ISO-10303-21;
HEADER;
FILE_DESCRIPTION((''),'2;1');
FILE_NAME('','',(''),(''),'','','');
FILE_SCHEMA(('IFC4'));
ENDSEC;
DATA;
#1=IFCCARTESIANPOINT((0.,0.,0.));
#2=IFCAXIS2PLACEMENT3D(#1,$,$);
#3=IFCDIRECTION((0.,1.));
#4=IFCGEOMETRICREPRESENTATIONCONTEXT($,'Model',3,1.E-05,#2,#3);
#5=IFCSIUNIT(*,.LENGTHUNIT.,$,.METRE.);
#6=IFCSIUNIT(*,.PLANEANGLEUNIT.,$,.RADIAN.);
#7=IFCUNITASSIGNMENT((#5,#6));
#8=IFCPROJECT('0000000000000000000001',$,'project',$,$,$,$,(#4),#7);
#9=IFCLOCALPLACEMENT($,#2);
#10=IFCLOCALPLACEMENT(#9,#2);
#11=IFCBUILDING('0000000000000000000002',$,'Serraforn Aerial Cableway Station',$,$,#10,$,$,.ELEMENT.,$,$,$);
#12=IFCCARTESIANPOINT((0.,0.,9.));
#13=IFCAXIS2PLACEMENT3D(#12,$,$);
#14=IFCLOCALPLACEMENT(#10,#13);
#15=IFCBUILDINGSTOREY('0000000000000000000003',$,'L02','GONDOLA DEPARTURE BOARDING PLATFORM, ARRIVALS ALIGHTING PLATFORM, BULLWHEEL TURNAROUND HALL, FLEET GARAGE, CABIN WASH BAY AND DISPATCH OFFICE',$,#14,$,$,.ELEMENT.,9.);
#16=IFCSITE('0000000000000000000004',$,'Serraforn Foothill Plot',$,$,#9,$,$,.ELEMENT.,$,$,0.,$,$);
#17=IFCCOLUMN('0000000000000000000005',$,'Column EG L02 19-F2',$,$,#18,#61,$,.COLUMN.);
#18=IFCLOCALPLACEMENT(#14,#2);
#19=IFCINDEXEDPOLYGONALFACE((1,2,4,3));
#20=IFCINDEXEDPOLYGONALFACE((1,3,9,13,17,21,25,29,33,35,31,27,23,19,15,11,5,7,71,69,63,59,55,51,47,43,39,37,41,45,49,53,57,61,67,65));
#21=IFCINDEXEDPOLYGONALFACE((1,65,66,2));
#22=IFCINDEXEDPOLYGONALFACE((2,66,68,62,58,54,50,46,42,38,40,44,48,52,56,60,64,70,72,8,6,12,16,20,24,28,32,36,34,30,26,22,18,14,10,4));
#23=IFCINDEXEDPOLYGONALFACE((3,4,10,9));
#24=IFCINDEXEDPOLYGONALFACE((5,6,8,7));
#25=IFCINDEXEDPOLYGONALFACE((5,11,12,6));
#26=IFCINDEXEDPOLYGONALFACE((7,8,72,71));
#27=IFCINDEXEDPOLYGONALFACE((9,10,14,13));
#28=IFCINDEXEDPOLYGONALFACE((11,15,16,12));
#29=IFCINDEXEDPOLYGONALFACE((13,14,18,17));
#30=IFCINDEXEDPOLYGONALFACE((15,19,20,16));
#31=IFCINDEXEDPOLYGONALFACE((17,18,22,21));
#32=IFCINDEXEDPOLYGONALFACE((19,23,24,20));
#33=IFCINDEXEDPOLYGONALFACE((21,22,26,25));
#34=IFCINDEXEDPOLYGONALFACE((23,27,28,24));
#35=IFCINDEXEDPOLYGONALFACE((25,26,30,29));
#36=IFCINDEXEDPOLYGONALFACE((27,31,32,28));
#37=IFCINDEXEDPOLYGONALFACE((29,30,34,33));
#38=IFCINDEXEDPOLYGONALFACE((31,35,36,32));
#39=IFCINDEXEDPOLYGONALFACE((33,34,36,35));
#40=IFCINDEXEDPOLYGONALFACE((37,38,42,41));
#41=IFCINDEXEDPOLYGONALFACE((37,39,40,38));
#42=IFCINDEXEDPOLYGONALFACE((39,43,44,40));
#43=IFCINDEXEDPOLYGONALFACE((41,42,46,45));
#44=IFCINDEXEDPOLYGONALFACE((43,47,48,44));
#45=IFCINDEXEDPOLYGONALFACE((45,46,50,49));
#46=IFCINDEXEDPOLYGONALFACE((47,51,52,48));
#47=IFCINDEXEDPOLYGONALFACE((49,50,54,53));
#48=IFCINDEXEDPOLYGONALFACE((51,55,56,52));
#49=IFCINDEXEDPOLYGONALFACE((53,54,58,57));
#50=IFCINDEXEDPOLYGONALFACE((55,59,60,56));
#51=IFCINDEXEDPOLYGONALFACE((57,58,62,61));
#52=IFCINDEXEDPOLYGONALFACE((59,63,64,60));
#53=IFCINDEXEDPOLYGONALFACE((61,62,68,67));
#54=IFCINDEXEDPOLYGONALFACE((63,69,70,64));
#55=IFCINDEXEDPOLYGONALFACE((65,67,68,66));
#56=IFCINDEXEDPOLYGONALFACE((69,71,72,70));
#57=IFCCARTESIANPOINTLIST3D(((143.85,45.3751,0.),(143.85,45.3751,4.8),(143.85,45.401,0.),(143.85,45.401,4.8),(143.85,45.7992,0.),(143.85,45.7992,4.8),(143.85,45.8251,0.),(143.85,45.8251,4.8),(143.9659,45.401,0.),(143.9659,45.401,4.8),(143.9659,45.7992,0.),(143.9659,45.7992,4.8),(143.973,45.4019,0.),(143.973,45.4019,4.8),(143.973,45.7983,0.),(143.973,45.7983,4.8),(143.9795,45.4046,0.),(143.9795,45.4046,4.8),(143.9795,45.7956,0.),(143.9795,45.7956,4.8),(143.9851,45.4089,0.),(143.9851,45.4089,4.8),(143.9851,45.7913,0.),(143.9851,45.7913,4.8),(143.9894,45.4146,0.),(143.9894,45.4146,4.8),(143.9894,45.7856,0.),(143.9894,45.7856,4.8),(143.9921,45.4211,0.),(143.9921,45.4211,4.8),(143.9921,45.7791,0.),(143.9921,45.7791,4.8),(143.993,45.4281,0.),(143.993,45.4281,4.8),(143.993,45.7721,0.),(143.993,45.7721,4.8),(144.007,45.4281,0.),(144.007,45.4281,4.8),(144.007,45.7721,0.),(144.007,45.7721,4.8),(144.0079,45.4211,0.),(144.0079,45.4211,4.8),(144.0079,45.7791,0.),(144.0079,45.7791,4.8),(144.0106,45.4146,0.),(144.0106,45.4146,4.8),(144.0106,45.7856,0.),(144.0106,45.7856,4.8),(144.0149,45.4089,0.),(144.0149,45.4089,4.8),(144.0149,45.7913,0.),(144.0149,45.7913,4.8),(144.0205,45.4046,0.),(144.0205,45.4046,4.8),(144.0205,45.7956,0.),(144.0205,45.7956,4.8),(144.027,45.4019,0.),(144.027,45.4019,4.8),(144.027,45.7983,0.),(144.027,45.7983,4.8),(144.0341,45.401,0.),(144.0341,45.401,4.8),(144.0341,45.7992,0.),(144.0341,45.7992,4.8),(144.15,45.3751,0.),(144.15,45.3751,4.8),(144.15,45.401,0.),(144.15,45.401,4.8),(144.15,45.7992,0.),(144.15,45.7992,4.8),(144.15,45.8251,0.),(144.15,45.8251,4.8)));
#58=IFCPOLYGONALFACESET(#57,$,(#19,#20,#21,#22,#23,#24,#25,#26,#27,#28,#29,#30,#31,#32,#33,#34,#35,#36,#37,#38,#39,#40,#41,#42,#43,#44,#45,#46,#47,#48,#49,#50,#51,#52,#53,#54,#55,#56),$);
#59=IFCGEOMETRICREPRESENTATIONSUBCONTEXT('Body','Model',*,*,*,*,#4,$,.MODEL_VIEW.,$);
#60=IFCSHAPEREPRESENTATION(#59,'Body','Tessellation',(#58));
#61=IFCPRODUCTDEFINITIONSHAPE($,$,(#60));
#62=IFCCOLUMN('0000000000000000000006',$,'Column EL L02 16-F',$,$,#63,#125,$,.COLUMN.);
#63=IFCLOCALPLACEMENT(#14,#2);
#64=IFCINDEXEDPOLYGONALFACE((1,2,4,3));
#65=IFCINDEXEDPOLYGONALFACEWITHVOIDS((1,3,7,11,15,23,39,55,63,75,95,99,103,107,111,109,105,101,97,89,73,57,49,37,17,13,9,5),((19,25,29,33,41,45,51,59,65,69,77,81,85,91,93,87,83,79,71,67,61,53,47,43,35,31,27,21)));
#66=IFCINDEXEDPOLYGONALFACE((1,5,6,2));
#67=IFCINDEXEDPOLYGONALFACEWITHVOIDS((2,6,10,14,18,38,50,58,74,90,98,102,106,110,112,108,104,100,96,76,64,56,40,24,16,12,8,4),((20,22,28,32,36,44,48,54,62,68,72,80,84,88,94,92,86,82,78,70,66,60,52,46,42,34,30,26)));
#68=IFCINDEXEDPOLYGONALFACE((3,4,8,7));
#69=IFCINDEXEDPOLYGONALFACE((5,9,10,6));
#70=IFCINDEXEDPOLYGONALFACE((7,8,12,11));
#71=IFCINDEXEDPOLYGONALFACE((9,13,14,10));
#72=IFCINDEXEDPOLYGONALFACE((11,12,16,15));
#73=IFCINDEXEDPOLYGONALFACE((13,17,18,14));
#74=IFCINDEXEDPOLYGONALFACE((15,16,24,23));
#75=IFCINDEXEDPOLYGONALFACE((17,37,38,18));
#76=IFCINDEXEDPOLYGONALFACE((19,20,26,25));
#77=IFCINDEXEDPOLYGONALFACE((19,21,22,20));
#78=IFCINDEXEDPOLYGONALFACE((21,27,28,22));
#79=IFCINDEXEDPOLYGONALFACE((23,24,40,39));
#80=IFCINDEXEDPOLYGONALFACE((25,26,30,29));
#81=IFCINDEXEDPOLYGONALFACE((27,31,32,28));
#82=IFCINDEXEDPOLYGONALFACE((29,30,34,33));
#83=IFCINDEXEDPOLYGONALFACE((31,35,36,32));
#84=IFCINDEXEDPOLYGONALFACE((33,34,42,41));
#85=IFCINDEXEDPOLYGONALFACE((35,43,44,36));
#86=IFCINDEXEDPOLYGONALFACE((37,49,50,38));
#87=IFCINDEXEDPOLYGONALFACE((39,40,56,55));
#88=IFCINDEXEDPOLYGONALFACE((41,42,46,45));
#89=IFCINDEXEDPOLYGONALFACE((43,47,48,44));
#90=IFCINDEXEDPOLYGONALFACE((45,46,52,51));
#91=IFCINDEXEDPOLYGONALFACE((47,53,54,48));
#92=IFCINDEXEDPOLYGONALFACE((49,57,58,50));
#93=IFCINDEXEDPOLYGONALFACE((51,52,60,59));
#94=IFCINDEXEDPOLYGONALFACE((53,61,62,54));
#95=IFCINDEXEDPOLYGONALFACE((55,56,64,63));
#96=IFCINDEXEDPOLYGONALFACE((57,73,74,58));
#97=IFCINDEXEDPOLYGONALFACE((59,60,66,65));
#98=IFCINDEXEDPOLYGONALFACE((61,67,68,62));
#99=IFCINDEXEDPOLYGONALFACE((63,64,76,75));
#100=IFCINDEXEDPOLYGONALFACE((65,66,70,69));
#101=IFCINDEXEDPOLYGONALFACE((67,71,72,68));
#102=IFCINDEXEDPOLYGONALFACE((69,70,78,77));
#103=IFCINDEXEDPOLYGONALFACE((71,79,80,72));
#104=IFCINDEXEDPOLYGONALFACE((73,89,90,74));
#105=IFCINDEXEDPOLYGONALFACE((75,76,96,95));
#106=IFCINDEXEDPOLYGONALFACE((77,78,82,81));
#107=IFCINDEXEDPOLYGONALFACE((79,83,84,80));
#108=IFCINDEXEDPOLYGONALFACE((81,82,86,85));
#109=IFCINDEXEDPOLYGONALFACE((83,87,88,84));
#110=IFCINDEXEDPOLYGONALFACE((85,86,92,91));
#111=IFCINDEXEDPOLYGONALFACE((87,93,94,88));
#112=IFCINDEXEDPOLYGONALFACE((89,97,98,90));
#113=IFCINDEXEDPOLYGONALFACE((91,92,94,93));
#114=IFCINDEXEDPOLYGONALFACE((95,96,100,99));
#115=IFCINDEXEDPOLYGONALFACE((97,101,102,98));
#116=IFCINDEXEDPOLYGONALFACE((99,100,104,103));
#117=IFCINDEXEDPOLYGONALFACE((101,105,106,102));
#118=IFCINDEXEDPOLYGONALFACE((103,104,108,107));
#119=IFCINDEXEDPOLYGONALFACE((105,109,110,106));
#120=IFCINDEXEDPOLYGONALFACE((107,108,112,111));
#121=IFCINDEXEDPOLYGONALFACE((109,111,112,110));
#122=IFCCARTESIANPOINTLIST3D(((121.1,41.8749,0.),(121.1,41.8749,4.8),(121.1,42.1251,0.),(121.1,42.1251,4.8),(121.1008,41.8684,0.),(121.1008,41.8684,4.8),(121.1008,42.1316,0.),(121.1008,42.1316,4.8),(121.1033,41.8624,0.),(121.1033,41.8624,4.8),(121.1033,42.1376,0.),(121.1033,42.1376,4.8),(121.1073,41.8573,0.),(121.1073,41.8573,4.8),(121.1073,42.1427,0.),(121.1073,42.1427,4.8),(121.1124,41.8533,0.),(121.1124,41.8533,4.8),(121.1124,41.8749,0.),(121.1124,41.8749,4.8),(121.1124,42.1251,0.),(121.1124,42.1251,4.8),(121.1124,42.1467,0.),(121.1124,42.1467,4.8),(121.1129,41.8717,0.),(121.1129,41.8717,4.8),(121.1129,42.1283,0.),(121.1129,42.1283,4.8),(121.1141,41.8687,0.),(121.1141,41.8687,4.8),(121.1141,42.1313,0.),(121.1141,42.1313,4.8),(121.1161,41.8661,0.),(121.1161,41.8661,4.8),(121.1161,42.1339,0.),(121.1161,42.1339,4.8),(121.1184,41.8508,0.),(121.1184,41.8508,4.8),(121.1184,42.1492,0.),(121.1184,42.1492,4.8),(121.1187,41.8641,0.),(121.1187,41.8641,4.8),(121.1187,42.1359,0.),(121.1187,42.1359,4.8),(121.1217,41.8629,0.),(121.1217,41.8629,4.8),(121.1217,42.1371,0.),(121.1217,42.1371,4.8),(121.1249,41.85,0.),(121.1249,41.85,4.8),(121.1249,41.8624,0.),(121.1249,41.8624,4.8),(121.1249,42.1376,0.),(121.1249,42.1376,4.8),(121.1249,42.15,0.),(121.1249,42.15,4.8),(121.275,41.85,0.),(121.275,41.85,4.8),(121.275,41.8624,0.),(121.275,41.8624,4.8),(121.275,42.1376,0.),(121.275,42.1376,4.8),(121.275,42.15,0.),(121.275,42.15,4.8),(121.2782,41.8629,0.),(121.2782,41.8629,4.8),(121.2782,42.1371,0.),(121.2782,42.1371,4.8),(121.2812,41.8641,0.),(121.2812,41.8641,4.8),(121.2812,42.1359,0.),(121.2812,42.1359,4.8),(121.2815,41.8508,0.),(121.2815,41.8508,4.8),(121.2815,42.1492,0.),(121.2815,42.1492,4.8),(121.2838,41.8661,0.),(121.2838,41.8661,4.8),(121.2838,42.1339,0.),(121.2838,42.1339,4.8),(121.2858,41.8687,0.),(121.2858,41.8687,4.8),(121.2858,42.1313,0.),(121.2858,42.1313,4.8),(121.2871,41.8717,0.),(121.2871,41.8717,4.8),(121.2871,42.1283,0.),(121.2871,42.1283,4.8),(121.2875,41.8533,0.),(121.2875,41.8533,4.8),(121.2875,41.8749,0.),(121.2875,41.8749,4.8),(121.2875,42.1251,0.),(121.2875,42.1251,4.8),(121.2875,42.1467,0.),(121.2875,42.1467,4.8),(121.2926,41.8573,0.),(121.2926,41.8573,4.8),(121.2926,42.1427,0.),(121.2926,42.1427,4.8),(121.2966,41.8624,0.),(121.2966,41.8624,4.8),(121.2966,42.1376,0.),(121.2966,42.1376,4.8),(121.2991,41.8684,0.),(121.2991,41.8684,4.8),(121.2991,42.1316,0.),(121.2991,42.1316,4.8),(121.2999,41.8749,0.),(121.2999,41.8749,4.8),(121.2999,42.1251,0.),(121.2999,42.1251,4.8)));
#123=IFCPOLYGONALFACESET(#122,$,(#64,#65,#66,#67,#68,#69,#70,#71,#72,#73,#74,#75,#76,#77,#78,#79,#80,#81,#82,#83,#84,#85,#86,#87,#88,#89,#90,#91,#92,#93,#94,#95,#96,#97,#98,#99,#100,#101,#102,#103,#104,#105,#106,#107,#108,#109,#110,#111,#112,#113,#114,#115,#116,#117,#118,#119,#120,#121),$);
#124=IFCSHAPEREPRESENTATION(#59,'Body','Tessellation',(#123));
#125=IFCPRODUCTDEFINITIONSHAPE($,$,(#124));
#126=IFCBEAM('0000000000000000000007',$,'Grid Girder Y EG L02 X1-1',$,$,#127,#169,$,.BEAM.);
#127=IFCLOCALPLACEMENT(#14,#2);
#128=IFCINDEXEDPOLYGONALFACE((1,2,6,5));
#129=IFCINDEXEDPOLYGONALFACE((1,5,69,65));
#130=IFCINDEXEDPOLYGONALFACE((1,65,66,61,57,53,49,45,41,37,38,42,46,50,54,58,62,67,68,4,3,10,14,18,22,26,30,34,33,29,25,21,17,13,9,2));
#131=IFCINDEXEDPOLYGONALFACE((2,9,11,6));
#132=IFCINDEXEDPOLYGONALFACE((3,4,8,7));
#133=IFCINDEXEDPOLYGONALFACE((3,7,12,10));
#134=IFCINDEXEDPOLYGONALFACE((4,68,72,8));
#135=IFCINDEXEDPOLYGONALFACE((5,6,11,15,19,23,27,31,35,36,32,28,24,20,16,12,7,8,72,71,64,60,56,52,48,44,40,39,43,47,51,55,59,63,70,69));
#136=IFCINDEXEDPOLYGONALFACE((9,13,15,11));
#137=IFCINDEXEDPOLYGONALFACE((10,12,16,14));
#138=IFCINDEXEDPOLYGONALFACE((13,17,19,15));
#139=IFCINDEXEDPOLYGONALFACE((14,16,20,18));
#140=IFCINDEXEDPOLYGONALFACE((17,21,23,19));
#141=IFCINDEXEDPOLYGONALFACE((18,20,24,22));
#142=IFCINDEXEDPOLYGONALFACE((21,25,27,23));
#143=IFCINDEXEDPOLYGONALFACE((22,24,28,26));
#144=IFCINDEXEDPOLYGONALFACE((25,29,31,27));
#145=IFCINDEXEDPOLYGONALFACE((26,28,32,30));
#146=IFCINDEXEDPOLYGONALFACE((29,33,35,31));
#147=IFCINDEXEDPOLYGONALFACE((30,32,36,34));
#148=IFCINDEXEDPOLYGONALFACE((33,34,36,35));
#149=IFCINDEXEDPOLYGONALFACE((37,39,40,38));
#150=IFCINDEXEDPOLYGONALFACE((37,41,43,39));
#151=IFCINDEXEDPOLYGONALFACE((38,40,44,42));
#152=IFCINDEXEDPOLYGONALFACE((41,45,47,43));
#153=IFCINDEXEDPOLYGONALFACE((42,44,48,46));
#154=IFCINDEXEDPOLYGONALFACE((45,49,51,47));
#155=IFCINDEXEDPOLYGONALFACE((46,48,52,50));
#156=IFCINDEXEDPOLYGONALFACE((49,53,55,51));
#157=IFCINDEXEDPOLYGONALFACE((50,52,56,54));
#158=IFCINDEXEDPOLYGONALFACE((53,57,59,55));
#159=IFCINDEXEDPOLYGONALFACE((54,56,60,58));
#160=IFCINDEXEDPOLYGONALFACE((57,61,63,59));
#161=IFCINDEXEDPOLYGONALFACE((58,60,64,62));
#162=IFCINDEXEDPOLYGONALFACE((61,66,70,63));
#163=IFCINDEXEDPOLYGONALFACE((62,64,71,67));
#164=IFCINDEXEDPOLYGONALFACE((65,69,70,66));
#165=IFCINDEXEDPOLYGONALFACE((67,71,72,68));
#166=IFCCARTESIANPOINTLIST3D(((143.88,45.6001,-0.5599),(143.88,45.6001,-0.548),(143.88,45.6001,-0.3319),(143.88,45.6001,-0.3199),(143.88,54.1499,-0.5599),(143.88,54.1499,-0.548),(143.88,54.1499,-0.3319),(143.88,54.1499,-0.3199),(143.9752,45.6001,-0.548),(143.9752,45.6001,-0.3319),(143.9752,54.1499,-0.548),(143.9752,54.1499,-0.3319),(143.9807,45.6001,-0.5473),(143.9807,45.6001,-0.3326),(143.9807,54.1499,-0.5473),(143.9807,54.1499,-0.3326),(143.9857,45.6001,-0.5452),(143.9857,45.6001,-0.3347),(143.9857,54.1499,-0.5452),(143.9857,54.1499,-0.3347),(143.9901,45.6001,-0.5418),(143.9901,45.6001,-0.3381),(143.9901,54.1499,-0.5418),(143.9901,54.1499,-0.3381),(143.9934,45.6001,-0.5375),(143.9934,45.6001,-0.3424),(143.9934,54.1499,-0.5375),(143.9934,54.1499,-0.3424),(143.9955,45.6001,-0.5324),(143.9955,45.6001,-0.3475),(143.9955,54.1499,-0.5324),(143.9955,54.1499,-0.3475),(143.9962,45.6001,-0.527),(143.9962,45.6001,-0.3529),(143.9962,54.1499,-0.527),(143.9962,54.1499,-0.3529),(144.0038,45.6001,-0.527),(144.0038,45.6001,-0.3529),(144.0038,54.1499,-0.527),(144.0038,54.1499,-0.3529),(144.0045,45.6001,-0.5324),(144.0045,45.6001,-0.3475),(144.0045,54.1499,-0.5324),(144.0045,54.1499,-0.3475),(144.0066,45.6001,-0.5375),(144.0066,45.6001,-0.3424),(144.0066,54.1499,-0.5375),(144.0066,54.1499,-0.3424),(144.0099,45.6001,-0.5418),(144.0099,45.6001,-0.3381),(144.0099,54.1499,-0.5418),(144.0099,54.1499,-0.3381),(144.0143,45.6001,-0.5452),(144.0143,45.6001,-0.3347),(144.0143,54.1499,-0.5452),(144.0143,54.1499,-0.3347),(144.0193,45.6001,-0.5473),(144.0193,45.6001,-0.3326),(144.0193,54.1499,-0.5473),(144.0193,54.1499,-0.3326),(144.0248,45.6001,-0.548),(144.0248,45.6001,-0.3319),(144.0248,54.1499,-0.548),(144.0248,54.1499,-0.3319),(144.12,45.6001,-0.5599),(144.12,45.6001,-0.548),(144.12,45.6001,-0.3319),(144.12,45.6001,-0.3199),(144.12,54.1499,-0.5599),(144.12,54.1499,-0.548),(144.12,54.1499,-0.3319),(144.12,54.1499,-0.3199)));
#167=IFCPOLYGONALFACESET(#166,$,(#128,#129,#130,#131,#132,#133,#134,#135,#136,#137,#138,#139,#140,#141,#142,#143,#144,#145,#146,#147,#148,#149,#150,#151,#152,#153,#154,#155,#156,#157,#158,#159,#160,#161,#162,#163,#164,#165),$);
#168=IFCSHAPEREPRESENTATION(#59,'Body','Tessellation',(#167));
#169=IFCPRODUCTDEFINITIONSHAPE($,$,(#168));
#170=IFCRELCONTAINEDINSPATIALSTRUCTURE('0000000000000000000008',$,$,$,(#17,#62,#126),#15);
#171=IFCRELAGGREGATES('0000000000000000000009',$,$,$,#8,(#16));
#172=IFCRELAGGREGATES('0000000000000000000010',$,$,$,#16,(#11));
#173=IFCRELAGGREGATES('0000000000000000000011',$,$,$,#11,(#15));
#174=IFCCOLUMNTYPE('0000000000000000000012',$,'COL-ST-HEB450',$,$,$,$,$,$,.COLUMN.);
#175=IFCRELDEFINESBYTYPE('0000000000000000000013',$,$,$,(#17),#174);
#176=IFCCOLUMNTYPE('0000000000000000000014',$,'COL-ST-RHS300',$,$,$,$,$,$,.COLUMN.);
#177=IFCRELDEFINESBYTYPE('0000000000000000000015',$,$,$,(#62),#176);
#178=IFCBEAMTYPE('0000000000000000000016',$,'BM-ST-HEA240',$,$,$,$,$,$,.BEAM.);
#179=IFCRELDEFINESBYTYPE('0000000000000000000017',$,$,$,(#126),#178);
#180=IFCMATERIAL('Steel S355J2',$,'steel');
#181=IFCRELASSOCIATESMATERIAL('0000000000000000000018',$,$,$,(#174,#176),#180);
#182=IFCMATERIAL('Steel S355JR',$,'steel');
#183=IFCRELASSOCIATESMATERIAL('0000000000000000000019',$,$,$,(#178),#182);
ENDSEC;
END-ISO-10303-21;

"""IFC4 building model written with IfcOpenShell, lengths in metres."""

from ifc_helpers import new_model, si_unit, direction, frame, origin, origin_2d, place, context, subcontext, project, spatial, hollow_rectangle, i_section, extrude, material, material_profile, profile_set, type_object, element, save


model = new_model("IFC4")

# Units and contexts
model_context = context("Model", 3, precision=1e-05, world=origin(), true_north=direction((0.0, 1.0)))
body_context = subcontext(model_context, "Body", "Model", "MODEL_VIEW")
ifc_project = project(units=[si_unit("LENGTHUNIT", "METRE"), si_unit("PLANEANGLEUNIT", "RADIAN")], contexts=[model_context])

# Site, building, storey
site_placement = place(None, origin())
site = spatial("IfcSite", under=ifc_project, at=site_placement, Name="Serraforn Foothill Plot", CompositionType="ELEMENT", RefElevation=0.0)
building_placement = place(site_placement, origin())
building = spatial("IfcBuilding", under=site, at=building_placement, Name="Serraforn Aerial Cableway Station", CompositionType="ELEMENT")
storey_placement = place(building_placement, frame((0.0, 0.0, 9.0)))
storey = spatial("IfcBuildingStorey", under=building, at=storey_placement, Name="L02", Description="GONDOLA DEPARTURE BOARDING PLATFORM, ARRIVALS ALIGHTING PLATFORM, BULLWHEEL TURNAROUND HALL, FLEET GARAGE, CABIN WASH BAY AND DISPATCH OFFICE", CompositionType="ELEMENT", Elevation=9.0)

# Columns
ifc_material_1 = material(Name="Steel S355J2", Category="steel")
ifc_material_profile_1 = material_profile(ifc_material_1, i_section(OverallWidth=0.3, OverallDepth=0.45, WebThickness=0.0139, FlangeThickness=0.0259, FilletRadius=0.0271, at=origin_2d()), Name="HEB 450")
ifc_profile_set_1 = profile_set([ifc_material_profile_1], Name="Steel S355J2")
column_type_1 = type_object("IfcColumnType", Name="COL-ST-HEB450", PredefinedType="COLUMN", material=ifc_profile_set_1)
column_1_placement = place(storey_placement, frame((144.0, 45.6001, 0.0), z_axis=(0.0, 0.0, 1.0), x_axis=(1.0, 0.0, 0.0)))
element("IfcColumn", 1, at=column_1_placement, inside=storey, type_object=column_type_1, Name="Column EG L02 19-F2", PredefinedType="COLUMN", context=body_context, shape_type="SweptSolid", body=[
    extrude(i_section(OverallWidth=0.3, OverallDepth=0.45, WebThickness=0.0139, FlangeThickness=0.0259, FilletRadius=0.0271, at=origin_2d()), origin(), (0.0, 0.0, 1.0), 4.8),
])
ifc_material_profile_2 = material_profile(ifc_material_1, hollow_rectangle(XDim=0.2, YDim=0.3, WallThickness=0.0125, InnerFilletRadius=0.0125, OuterFilletRadius=0.0249, at=origin_2d()), Name="RHS 300x200x12.5")
ifc_profile_set_2 = profile_set([ifc_material_profile_2], Name="Steel S355J2")
column_type_2 = type_object("IfcColumnType", Name="COL-ST-RHS300", PredefinedType="COLUMN", material=ifc_profile_set_2)
column_2_placement = place(storey_placement, frame((121.2, 42.0, 0.0), z_axis=(0.0, 0.0, 1.0), x_axis=(1.0, 0.0, 0.0)))
element("IfcColumn", 2, at=column_2_placement, inside=storey, type_object=column_type_2, Name="Column EL L02 16-F", PredefinedType="COLUMN", context=body_context, shape_type="SweptSolid", body=[
    extrude(hollow_rectangle(XDim=0.2, YDim=0.3, WallThickness=0.0125, InnerFilletRadius=0.0125, OuterFilletRadius=0.0249, at=origin_2d()), origin(), (0.0, 0.0, 1.0), 4.8),
])

# Beam
ifc_material_2 = material(Name="Steel S355JR", Category="steel")
ifc_material_profile_3 = material_profile(ifc_material_2, i_section(OverallWidth=0.24, OverallDepth=0.24, WebThickness=0.0076, FlangeThickness=0.012, FilletRadius=0.021, at=origin_2d()), Name="HEA 240")
ifc_profile_set_3 = profile_set([ifc_material_profile_3], Name="Steel S355JR")
beam_type_1 = type_object("IfcBeamType", Name="BM-ST-HEA240", PredefinedType="BEAM", material=ifc_profile_set_3)
beam_1_placement = place(storey_placement, frame((144.0, 45.6001, -0.4399), z_axis=(0.0, 1.0, 0.0), x_axis=(-1.0, 0.0, 0.0)))
element("IfcBeam", 3, at=beam_1_placement, inside=storey, type_object=beam_type_1, Name="Grid Girder Y EG L02 X1-1", PredefinedType="BEAM", context=body_context, shape_type="SweptSolid", body=[
    extrude(i_section(OverallWidth=0.24, OverallDepth=0.24, WebThickness=0.0076, FlangeThickness=0.012, FilletRadius=0.021, at=origin_2d()), origin(), (0.0, 0.0, 1.0), 8.5498),
])

save(model, "model.ifc")
